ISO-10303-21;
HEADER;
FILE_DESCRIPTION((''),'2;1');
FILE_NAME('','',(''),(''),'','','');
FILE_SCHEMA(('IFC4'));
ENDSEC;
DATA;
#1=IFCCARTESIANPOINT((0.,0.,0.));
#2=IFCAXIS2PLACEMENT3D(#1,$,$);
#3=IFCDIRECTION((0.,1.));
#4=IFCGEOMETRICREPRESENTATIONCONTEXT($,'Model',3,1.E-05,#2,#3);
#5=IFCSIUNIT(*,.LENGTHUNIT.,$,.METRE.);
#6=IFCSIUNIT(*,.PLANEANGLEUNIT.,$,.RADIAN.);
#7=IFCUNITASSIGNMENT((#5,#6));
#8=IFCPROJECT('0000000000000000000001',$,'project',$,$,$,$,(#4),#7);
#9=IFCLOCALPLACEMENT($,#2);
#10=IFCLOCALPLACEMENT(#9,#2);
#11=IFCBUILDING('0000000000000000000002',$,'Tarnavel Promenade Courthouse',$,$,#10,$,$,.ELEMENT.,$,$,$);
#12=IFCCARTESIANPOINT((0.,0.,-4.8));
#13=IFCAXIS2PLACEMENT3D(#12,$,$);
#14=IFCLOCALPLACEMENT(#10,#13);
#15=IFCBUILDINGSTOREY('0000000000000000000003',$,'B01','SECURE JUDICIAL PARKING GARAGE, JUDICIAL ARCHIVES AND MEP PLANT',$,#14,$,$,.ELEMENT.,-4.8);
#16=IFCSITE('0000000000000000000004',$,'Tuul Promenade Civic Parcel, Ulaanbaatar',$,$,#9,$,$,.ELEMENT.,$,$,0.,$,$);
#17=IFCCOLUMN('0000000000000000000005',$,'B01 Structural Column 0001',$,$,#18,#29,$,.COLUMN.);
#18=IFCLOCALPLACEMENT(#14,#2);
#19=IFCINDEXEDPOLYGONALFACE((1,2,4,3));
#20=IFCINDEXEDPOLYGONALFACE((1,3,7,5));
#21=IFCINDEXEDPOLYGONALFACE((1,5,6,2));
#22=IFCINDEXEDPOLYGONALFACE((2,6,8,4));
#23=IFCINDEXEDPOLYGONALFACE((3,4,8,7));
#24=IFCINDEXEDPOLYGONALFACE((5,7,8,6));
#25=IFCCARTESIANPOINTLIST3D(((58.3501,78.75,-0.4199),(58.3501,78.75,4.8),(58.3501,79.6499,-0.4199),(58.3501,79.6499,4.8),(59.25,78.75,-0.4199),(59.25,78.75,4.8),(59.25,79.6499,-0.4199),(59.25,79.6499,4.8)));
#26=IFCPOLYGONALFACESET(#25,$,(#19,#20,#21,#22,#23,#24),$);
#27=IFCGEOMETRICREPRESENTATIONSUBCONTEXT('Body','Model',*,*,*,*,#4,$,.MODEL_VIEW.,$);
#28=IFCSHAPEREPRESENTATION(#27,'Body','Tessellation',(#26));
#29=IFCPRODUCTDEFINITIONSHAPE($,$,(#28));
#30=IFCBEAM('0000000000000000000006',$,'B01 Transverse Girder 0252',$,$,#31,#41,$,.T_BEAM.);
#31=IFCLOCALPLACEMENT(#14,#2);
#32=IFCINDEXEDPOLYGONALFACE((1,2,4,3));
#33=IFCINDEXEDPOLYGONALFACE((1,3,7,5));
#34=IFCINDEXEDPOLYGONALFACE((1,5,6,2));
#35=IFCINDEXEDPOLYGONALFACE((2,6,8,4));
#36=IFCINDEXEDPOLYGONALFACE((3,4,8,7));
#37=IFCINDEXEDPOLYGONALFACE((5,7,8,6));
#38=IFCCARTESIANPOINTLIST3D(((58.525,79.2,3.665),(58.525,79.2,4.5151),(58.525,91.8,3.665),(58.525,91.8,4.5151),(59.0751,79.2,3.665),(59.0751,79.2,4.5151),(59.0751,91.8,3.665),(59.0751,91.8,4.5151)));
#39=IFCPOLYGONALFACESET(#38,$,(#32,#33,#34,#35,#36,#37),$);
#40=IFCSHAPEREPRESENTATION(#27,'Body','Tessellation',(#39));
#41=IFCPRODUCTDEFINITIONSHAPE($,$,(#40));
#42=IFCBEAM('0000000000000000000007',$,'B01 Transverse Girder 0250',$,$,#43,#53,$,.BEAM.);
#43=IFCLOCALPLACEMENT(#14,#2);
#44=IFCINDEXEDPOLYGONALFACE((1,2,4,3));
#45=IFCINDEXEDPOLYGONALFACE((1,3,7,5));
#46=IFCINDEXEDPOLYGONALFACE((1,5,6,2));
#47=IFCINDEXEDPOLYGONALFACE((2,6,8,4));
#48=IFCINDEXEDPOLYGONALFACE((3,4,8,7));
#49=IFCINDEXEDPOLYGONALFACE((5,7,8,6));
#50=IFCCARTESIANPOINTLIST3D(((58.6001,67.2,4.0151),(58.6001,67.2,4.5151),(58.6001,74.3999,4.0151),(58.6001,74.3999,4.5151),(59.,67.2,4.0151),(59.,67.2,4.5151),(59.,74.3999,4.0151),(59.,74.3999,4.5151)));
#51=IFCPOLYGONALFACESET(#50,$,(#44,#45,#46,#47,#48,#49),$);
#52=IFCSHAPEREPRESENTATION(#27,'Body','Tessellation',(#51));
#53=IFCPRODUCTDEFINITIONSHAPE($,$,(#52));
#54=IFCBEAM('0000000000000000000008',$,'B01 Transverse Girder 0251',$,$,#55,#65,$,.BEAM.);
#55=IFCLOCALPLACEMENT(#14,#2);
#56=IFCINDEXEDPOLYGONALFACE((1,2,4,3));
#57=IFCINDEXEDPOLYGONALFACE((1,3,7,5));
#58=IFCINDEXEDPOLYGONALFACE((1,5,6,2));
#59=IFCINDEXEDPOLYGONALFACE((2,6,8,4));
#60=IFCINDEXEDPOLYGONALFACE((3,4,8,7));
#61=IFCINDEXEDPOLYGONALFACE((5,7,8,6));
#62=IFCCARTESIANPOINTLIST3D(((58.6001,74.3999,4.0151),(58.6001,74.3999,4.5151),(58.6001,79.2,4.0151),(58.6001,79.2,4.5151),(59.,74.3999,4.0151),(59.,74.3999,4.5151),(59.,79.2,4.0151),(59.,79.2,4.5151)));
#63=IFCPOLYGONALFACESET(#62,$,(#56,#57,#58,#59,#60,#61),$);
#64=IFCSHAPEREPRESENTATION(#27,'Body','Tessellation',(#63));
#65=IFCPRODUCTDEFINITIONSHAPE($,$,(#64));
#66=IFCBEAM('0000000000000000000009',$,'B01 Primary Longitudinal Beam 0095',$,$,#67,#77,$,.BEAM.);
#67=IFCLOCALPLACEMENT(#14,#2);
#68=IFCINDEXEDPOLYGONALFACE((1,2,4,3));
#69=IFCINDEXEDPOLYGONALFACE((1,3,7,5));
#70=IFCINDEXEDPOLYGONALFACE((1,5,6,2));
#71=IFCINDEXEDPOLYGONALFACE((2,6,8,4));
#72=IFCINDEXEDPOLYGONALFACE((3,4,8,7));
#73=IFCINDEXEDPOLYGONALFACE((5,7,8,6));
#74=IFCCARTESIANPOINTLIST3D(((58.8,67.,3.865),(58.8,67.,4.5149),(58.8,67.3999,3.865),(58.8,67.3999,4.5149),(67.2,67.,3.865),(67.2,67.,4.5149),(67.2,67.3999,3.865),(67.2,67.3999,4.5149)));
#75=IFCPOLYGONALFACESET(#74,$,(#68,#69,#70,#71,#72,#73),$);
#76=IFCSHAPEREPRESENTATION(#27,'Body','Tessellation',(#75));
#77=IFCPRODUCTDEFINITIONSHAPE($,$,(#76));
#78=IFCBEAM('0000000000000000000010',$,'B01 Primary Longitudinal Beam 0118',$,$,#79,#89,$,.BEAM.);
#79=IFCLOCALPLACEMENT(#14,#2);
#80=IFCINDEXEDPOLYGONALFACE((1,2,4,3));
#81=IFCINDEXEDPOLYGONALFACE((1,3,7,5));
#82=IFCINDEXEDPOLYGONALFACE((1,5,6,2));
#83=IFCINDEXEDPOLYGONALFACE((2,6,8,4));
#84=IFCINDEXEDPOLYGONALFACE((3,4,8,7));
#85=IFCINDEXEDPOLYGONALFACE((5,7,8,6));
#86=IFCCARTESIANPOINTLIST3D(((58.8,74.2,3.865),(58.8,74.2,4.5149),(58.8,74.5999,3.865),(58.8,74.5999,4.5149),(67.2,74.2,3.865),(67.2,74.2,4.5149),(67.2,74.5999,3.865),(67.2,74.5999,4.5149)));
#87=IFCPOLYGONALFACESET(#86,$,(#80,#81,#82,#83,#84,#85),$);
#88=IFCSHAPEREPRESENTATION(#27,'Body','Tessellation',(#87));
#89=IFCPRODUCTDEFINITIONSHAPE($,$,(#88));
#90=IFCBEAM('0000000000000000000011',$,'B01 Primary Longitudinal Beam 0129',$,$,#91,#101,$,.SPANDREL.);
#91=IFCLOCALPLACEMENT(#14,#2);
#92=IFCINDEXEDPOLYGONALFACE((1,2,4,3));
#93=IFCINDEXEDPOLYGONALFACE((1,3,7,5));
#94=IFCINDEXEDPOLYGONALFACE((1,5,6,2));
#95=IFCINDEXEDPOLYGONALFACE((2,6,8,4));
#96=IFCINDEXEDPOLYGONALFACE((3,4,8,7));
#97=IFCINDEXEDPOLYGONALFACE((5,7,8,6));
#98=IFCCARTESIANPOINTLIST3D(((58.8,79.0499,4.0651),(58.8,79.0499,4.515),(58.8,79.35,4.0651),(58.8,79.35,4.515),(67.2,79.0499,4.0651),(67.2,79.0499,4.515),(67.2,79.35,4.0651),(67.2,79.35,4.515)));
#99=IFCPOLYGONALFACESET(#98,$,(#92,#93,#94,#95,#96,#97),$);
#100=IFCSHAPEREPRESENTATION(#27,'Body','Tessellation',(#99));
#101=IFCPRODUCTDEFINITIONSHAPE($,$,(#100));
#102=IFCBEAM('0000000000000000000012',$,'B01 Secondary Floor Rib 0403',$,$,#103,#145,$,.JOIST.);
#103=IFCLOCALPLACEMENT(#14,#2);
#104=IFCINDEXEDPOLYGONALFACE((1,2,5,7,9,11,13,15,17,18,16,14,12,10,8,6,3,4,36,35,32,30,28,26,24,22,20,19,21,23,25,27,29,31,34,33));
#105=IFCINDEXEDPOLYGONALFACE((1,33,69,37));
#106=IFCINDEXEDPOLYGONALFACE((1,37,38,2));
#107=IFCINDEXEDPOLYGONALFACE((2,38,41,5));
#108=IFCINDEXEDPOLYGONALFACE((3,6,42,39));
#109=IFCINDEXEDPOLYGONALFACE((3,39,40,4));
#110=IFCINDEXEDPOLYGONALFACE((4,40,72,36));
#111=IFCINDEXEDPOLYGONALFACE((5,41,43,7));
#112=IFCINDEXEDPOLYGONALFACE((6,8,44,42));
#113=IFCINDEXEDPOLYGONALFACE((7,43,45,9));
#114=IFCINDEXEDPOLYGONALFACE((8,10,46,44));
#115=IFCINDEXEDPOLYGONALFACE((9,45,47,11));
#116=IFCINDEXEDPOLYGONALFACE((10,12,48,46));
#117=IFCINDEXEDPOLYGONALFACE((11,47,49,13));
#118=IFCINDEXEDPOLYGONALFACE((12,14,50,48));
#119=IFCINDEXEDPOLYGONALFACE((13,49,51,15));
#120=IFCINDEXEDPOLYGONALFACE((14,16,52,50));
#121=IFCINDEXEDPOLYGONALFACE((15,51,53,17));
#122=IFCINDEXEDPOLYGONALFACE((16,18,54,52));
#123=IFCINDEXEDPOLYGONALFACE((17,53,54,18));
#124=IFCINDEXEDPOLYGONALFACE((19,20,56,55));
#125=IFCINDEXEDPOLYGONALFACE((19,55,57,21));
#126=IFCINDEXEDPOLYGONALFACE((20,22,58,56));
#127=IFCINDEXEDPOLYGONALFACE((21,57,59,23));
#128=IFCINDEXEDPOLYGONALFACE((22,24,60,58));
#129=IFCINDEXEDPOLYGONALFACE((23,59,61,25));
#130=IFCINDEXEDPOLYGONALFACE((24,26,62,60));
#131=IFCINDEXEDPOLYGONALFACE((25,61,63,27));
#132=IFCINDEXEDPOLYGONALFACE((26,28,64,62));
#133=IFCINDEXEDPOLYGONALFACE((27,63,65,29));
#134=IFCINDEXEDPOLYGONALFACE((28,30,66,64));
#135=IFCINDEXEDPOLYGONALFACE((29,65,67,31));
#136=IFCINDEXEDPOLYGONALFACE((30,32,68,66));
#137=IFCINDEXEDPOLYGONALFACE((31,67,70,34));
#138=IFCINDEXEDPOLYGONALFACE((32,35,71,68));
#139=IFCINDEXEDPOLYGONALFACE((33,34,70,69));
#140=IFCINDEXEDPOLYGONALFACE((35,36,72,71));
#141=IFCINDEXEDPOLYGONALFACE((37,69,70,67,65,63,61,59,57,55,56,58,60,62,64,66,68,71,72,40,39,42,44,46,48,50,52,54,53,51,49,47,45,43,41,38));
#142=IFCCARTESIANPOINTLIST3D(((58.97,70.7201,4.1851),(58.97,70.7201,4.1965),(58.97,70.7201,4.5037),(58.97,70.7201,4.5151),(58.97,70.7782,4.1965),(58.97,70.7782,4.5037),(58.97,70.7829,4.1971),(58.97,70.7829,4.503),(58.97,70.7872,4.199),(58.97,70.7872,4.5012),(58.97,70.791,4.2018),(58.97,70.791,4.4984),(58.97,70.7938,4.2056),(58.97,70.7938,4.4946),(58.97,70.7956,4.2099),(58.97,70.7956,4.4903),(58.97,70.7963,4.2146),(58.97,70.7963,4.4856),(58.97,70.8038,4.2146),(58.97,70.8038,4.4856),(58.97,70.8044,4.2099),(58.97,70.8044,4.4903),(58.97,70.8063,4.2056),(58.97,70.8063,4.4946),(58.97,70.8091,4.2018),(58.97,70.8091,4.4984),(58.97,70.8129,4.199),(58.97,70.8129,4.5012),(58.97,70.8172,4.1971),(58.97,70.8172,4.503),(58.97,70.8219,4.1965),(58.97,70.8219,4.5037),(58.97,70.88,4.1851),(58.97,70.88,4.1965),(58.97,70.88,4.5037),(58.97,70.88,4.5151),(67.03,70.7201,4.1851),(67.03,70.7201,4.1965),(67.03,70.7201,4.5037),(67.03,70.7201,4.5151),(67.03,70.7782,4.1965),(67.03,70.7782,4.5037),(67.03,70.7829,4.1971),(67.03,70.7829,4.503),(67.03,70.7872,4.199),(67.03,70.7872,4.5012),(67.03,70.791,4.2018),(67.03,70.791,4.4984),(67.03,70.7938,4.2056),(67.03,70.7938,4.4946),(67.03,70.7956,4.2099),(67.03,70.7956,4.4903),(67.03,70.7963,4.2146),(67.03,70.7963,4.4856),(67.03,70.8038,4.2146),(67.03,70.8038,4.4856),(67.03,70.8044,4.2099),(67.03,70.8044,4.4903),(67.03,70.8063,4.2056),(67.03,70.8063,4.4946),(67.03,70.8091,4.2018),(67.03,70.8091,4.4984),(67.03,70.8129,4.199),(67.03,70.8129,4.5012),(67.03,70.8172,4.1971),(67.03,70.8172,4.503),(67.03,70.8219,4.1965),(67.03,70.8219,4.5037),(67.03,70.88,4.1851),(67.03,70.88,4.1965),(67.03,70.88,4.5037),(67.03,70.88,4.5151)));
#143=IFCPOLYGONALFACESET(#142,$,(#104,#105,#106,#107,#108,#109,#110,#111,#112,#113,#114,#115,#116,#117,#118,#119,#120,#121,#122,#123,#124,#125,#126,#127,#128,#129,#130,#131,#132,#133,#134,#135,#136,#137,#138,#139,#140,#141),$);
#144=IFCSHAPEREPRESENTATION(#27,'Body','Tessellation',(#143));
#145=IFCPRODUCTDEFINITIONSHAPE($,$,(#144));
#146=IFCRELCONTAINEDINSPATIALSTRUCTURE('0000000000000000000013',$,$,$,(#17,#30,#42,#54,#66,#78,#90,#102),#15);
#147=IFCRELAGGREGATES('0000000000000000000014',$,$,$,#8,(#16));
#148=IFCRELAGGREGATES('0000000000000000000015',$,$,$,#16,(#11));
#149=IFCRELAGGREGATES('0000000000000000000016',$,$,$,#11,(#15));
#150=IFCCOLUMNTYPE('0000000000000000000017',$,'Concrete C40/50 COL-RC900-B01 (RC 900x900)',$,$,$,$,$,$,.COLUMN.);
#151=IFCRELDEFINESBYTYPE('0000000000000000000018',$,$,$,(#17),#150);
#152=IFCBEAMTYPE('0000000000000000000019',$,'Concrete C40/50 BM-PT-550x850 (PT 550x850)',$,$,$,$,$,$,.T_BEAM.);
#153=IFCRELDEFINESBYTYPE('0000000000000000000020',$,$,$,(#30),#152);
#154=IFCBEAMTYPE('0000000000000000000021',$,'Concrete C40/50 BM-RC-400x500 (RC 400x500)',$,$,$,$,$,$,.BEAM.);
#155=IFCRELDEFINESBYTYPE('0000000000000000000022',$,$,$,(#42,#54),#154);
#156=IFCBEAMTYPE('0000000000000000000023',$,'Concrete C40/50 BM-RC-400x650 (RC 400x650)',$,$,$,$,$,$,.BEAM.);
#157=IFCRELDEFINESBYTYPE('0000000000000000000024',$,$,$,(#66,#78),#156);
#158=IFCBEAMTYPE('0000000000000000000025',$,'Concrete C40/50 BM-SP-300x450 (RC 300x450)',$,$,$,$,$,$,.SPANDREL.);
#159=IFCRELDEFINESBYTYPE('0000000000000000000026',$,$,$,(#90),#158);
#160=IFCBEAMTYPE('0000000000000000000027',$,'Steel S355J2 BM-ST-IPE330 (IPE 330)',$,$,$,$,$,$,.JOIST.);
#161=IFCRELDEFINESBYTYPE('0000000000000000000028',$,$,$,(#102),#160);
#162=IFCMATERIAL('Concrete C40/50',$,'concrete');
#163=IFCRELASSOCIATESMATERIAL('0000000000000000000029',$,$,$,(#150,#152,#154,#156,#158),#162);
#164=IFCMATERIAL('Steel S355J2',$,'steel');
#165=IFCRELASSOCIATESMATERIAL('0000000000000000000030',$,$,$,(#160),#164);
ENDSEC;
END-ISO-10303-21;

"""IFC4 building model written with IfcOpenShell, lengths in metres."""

from ifc_helpers import new_model, si_unit, direction, frame, origin, origin_2d, place, context, subcontext, project, spatial, rectangle, i_section, extrude, material, material_profile, profile_set, type_object, element, save


model = new_model("IFC4")

# Units and contexts
model_context = context("Model", 3, precision=1e-05, world=origin(), true_north=direction((0.0, 1.0)))
body_context = subcontext(model_context, "Body", "Model", "MODEL_VIEW")
ifc_project = project(units=[si_unit("LENGTHUNIT", "METRE"), si_unit("PLANEANGLEUNIT", "RADIAN")], contexts=[model_context])

# Site, building, storey
site_placement = place(None, origin())
site = spatial("IfcSite", under=ifc_project, at=site_placement, Name="Tuul Promenade Civic Parcel, Ulaanbaatar", CompositionType="ELEMENT", RefElevation=0.0)
building_placement = place(site_placement, origin())
building = spatial("IfcBuilding", under=site, at=building_placement, Name="Tarnavel Promenade Courthouse", CompositionType="ELEMENT")
storey_placement = place(building_placement, frame((0.0, 0.0, -4.8)))
storey = spatial("IfcBuildingStorey", under=building, at=storey_placement, Name="B01", Description="SECURE JUDICIAL PARKING GARAGE, JUDICIAL ARCHIVES AND MEP PLANT", CompositionType="ELEMENT", Elevation=-4.8)

# Column
ifc_material_1 = material(Name="Concrete C40/50", Category="concrete")
ifc_material_profile_1 = material_profile(ifc_material_1, rectangle(XDim=0.8999, YDim=0.8999, at=origin_2d()), Name="RC 900x900")
ifc_profile_set_1 = profile_set([ifc_material_profile_1], Name="Concrete C40/50")
column_type_1 = type_object("IfcColumnType", Name="Concrete C40/50 COL-RC900-B01 (RC 900x900)", PredefinedType="COLUMN", material=ifc_profile_set_1)
column_1_placement = place(storey_placement, frame((58.8, 79.2, -0.4199), z_axis=(0.0, 0.0, 1.0), x_axis=(1.0, 0.0, 0.0)))
element("IfcColumn", 1, at=column_1_placement, inside=storey, type_object=column_type_1, Name="B01 Structural Column 0001", PredefinedType="COLUMN", context=body_context, shape_type="SweptSolid", body=[
    extrude(rectangle(XDim=0.8999, YDim=0.8999, at=origin_2d()), origin(), (0.0, 0.0, 1.0), 5.22),
])

# Beams
ifc_material_profile_2 = material_profile(ifc_material_1, rectangle(XDim=0.55, YDim=0.8501, at=origin_2d()), Name="PT 550x850")
ifc_profile_set_2 = profile_set([ifc_material_profile_2], Name="Concrete C40/50")
beam_type_1 = type_object("IfcBeamType", Name="Concrete C40/50 BM-PT-550x850 (PT 550x850)", PredefinedType="T_BEAM", material=ifc_profile_set_2)
beam_1_placement = place(storey_placement, frame((58.8, 79.2, 4.0901), z_axis=(0.0, 1.0, 0.0), x_axis=(-1.0, 0.0, 0.0)))
element("IfcBeam", 2, at=beam_1_placement, inside=storey, type_object=beam_type_1, Name="B01 Transverse Girder 0252", PredefinedType="T_BEAM", context=body_context, shape_type="SweptSolid", body=[
    extrude(rectangle(XDim=0.55, YDim=0.8501, at=origin_2d()), origin(), (0.0, 0.0, 1.0), 12.6001),
])
ifc_material_profile_3 = material_profile(ifc_material_1, rectangle(XDim=0.3999, YDim=0.5, at=origin_2d()), Name="RC 400x500")
ifc_profile_set_3 = profile_set([ifc_material_profile_3], Name="Concrete C40/50")
beam_type_2 = type_object("IfcBeamType", Name="Concrete C40/50 BM-RC-400x500 (RC 400x500)", PredefinedType="BEAM", material=ifc_profile_set_3)
beam_2_placement = place(storey_placement, frame((58.8, 67.2, 4.2651), z_axis=(0.0, 1.0, 0.0), x_axis=(-1.0, 0.0, 0.0)))
element("IfcBeam", 3, at=beam_2_placement, inside=storey, type_object=beam_type_2, Name="B01 Transverse Girder 0250", PredefinedType="BEAM", context=body_context, shape_type="SweptSolid", body=[
    extrude(rectangle(XDim=0.3999, YDim=0.5, at=origin_2d()), origin(), (0.0, 0.0, 1.0), 7.2),
])
beam_3_placement = place(storey_placement, frame((58.8, 74.3999, 4.2651), z_axis=(0.0, 1.0, 0.0), x_axis=(-1.0, 0.0, 0.0)))
element("IfcBeam", 4, at=beam_3_placement, inside=storey, type_object=beam_type_2, Name="B01 Transverse Girder 0251", PredefinedType="BEAM", context=body_context, shape_type="SweptSolid", body=[
    extrude(rectangle(XDim=0.3999, YDim=0.5, at=origin_2d()), origin(), (0.0, 0.0, 1.0), 4.8),
])
ifc_material_profile_4 = material_profile(ifc_material_1, rectangle(XDim=0.3999, YDim=0.6499, at=origin_2d()), Name="RC 400x650")
ifc_profile_set_4 = profile_set([ifc_material_profile_4], Name="Concrete C40/50")
beam_type_3 = type_object("IfcBeamType", Name="Concrete C40/50 BM-RC-400x650 (RC 400x650)", PredefinedType="BEAM", material=ifc_profile_set_4)
for number, where, z_axis, x_axis, name in (
    (5, (58.8, 67.2, 4.1899), (1.0, 0.0, 0.0), (0.0, 1.0, 0.0), "B01 Primary Longitudinal Beam 0095"),
    (6, (58.8, 74.3999, 4.1899), (1.0, 0.0, 0.0), (0.0, 1.0, 0.0), "B01 Primary Longitudinal Beam 0118"),
):
    element("IfcBeam", number, at=place(storey_placement, frame(where, z_axis=z_axis, x_axis=x_axis)), inside=storey, type_object=beam_type_3, Name=name, PredefinedType="BEAM", context=body_context, shape_type="SweptSolid", body=[
        extrude(rectangle(XDim=0.3999, YDim=0.6499, at=origin_2d()), origin(), (0.0, 0.0, 1.0), 8.3999),
    ])
ifc_material_profile_5 = material_profile(ifc_material_1, rectangle(XDim=0.3, YDim=0.45, at=origin_2d()), Name="RC 300x450")
ifc_profile_set_5 = profile_set([ifc_material_profile_5], Name="Concrete C40/50")
beam_type_4 = type_object("IfcBeamType", Name="Concrete C40/50 BM-SP-300x450 (RC 300x450)", PredefinedType="SPANDREL", material=ifc_profile_set_5)
beam_4_placement = place(storey_placement, frame((58.8, 79.2, 4.29), z_axis=(1.0, 0.0, 0.0), x_axis=(0.0, 1.0, 0.0)))
element("IfcBeam", 7, at=beam_4_placement, inside=storey, type_object=beam_type_4, Name="B01 Primary Longitudinal Beam 0129", PredefinedType="SPANDREL", context=body_context, shape_type="SweptSolid", body=[
    extrude(rectangle(XDim=0.3, YDim=0.45, at=origin_2d()), origin(), (0.0, 0.0, 1.0), 8.3999),
])
ifc_material_2 = material(Name="Steel S355J2", Category="steel")
ifc_material_profile_6 = material_profile(ifc_material_2, i_section(OverallWidth=0.1599, OverallDepth=0.3301, WebThickness=0.0076, FlangeThickness=0.0115, FilletRadius=0.0181, at=origin_2d()), Name="IPE 330")
ifc_profile_set_6 = profile_set([ifc_material_profile_6], Name="Steel S355J2")
beam_type_5 = type_object("IfcBeamType", Name="Steel S355J2 BM-ST-IPE330 (IPE 330)", PredefinedType="JOIST", material=ifc_profile_set_6)
beam_5_placement = place(storey_placement, frame((58.97, 70.8, 4.3501), z_axis=(1.0, 0.0, 0.0), x_axis=(0.0, 1.0, 0.0)))
element("IfcBeam", 8, at=beam_5_placement, inside=storey, type_object=beam_type_5, Name="B01 Secondary Floor Rib 0403", PredefinedType="JOIST", context=body_context, shape_type="SweptSolid", body=[
    extrude(i_section(OverallWidth=0.1599, OverallDepth=0.3301, WebThickness=0.0076, FlangeThickness=0.0115, FilletRadius=0.0181, at=origin_2d()), origin(), (0.0, 0.0, 1.0), 8.0601),
])

save(model, "model.ifc")
